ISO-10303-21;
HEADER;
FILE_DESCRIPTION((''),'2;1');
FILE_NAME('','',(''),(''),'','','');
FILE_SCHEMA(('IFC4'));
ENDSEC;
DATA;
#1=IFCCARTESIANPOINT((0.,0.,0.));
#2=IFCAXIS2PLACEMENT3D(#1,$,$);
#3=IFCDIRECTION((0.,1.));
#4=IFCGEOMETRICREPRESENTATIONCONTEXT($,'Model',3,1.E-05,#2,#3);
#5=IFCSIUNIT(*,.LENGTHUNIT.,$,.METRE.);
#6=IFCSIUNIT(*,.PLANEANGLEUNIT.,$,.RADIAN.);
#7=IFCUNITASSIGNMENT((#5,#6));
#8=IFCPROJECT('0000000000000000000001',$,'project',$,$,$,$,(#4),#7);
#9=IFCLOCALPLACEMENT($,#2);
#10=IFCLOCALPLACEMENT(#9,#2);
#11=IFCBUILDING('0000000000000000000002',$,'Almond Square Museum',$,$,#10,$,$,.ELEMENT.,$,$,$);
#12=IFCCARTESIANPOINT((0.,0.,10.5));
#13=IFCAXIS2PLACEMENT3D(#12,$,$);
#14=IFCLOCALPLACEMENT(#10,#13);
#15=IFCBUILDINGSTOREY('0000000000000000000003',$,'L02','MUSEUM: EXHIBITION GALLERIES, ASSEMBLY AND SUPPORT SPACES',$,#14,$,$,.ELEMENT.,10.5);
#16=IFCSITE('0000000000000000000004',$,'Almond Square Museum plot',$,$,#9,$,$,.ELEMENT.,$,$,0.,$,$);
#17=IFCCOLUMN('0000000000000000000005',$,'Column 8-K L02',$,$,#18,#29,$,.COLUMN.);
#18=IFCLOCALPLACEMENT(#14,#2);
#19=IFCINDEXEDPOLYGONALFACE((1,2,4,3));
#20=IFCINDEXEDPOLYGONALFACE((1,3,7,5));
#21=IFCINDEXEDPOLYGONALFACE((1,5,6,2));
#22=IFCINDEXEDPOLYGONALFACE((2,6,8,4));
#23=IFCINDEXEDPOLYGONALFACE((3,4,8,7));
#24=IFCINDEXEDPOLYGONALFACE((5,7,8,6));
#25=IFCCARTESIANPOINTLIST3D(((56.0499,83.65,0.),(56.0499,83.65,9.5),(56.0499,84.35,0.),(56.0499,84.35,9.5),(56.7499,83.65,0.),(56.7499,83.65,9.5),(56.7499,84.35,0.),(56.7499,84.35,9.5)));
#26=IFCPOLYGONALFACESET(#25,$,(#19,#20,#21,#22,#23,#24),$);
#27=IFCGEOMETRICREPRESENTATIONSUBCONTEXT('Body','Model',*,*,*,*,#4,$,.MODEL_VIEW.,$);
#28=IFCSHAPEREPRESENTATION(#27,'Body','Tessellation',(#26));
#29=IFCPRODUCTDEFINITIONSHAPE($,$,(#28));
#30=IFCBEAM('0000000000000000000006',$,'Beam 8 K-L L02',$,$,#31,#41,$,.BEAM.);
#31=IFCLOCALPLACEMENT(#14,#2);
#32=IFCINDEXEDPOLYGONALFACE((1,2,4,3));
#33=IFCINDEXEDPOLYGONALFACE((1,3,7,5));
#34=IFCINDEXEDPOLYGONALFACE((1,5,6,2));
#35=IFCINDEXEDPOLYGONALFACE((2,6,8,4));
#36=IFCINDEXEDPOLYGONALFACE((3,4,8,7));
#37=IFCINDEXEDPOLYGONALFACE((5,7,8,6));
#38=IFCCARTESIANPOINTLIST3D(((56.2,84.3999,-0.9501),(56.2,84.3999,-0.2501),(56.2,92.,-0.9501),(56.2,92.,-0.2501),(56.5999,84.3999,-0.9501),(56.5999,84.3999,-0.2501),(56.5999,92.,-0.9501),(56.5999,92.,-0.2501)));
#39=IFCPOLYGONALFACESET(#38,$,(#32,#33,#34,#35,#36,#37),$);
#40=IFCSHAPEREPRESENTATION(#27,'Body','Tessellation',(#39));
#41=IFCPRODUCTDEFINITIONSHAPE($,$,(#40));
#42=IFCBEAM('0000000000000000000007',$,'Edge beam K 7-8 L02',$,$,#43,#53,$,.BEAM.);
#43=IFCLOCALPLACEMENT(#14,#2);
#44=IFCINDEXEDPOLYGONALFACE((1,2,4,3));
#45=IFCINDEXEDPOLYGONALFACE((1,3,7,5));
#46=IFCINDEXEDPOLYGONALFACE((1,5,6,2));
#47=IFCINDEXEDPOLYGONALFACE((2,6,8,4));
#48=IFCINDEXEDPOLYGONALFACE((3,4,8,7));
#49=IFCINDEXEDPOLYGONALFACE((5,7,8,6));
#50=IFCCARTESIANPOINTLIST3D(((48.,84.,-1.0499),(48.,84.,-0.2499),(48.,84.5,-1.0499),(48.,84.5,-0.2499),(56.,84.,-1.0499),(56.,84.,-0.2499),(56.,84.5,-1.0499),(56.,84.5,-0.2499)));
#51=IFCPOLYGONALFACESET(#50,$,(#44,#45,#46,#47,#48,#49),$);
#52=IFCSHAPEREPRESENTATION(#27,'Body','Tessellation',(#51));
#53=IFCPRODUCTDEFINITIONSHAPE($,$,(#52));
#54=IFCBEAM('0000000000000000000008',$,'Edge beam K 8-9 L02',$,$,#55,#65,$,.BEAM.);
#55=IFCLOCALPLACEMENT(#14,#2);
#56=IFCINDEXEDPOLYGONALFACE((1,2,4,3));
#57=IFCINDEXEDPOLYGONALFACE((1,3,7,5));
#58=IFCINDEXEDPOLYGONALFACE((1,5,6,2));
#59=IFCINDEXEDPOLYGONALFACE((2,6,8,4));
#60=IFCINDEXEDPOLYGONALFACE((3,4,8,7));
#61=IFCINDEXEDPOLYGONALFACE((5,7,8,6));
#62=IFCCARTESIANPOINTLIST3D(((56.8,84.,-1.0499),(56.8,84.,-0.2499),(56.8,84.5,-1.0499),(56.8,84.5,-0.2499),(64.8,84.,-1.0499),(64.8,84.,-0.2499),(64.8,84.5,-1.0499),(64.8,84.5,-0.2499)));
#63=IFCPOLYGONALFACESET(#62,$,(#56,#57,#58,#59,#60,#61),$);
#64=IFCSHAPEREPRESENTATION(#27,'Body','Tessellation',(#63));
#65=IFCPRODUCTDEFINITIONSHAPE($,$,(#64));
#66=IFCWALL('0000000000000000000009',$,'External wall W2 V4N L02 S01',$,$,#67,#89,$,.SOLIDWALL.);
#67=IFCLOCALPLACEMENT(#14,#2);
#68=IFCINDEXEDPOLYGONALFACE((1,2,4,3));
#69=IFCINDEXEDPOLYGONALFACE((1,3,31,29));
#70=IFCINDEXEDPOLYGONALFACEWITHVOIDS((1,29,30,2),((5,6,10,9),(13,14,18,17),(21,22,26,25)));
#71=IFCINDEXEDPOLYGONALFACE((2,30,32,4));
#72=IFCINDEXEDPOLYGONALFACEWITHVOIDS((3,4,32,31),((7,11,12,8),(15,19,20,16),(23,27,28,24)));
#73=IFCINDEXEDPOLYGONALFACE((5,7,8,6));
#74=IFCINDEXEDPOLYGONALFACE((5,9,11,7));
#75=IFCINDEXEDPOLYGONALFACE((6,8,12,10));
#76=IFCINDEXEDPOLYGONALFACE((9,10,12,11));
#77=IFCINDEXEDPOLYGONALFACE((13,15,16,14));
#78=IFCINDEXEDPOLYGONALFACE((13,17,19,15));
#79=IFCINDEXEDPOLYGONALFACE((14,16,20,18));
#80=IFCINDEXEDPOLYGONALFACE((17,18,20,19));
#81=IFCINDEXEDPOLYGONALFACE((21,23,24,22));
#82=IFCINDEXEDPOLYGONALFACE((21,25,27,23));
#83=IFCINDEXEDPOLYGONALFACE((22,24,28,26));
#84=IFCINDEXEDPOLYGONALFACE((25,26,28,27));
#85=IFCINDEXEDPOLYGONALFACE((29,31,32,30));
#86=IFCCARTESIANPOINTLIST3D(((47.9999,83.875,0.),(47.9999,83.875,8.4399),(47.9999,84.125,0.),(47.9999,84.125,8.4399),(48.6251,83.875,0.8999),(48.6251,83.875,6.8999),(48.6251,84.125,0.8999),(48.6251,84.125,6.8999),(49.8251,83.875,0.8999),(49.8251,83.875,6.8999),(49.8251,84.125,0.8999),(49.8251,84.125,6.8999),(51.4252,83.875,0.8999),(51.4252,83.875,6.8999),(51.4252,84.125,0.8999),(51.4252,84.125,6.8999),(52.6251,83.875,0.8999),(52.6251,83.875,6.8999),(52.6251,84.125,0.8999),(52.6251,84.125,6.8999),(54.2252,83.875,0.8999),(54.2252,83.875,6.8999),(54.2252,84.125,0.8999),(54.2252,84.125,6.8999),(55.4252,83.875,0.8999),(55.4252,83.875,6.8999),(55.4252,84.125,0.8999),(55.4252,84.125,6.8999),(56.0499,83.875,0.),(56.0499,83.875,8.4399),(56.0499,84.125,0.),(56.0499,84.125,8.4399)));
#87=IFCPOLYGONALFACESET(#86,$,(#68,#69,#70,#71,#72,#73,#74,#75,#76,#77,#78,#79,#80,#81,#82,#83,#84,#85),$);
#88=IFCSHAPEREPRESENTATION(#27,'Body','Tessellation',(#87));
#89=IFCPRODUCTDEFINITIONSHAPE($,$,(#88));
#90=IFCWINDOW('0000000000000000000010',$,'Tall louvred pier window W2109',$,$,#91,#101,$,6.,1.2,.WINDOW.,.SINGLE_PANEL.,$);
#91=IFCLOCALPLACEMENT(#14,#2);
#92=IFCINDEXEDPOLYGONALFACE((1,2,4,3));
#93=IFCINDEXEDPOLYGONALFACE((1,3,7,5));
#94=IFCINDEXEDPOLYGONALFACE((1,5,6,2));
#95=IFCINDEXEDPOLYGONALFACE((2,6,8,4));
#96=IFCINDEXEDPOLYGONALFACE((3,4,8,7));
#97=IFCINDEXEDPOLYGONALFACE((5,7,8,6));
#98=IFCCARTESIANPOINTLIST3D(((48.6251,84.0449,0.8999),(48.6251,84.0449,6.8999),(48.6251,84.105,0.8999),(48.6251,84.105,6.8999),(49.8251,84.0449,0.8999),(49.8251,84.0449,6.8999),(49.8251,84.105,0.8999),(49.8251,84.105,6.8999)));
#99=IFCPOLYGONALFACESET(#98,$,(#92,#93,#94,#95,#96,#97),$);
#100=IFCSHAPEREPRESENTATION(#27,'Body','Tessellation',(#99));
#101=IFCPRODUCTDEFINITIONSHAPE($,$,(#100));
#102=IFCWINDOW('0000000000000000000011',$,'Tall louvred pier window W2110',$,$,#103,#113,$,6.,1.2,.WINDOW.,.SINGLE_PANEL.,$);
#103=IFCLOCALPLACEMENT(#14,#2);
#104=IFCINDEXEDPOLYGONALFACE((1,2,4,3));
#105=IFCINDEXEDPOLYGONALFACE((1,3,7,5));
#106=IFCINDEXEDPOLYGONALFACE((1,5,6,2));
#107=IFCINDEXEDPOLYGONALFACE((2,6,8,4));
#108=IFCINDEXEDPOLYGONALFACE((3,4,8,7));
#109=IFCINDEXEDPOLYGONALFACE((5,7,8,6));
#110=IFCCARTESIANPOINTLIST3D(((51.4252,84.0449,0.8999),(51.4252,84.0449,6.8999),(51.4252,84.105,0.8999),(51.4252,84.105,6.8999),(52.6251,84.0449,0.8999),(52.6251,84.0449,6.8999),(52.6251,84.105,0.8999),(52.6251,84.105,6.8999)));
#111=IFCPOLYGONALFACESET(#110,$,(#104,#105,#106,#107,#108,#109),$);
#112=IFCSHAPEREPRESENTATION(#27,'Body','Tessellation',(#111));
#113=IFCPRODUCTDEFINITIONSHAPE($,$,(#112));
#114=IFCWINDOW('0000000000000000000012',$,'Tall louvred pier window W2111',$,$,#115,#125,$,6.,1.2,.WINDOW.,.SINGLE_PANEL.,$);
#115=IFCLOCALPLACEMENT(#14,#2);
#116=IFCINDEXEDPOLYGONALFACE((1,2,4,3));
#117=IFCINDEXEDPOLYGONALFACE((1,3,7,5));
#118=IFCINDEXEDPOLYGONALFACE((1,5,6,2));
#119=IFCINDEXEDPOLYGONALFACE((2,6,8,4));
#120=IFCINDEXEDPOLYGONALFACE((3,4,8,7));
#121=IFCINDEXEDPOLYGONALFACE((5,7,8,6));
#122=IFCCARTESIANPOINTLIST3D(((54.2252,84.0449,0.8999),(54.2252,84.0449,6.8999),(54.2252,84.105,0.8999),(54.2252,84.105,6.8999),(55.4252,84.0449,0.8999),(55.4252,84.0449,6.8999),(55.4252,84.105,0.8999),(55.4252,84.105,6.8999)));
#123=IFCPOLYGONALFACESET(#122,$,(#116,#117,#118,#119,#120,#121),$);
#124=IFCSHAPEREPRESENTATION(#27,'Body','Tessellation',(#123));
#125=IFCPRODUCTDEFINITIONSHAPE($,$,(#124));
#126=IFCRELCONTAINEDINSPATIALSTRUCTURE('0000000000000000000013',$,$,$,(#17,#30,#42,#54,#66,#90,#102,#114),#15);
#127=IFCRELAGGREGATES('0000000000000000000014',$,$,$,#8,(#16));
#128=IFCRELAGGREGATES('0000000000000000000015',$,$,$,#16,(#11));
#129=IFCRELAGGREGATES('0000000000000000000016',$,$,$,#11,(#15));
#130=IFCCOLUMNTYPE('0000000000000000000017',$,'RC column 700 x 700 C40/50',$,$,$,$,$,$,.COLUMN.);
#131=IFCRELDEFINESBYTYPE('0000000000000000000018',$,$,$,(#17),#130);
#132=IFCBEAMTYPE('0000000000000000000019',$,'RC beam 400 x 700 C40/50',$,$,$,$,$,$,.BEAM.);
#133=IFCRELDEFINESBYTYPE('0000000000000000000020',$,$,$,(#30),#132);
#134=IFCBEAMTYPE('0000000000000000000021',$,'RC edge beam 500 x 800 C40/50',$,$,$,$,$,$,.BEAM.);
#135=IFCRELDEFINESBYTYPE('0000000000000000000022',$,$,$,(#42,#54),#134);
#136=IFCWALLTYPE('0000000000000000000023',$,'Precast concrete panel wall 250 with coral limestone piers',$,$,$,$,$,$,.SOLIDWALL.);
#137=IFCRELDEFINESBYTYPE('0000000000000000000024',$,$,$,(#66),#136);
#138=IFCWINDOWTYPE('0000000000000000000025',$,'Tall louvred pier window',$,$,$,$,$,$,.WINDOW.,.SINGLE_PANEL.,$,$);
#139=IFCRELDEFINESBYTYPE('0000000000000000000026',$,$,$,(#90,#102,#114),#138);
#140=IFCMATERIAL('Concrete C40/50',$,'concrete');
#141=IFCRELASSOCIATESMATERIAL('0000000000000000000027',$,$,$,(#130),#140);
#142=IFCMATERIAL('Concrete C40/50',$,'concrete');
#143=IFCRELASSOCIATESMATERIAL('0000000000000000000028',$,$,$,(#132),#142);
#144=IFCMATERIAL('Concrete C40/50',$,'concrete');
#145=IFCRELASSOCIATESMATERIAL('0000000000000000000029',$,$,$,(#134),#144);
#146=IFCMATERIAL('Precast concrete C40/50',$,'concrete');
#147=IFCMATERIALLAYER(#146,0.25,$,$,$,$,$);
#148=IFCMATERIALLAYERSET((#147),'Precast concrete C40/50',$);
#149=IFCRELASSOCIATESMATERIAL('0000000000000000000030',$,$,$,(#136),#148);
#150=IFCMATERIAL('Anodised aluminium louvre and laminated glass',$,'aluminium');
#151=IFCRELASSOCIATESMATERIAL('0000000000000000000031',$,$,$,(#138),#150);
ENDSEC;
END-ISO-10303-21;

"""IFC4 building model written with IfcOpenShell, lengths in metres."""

from ifc_helpers import new_model, si_unit, direction, frame, frame_2d, origin, origin_2d, place, context, subcontext, project, spatial, rectangle, extrude, material, layer, layer_set, material_profile, profile_set, type_object, element, fill, save


model = new_model("IFC4")

# Units and contexts
model_context = context("Model", 3, precision=1e-05, world=origin(), true_north=direction((0.0, 1.0)))
body_context = subcontext(model_context, "Body", "Model", "MODEL_VIEW")
ifc_project = project(units=[si_unit("LENGTHUNIT", "METRE"), si_unit("PLANEANGLEUNIT", "RADIAN")], contexts=[model_context])

# Site, building, storey
site_placement = place(None, origin())
site = spatial("IfcSite", under=ifc_project, at=site_placement, Name="Almond Square Museum plot", CompositionType="ELEMENT", RefElevation=0.0)
building_placement = place(site_placement, origin())
building = spatial("IfcBuilding", under=site, at=building_placement, Name="Almond Square Museum", CompositionType="ELEMENT")
storey_placement = place(building_placement, frame((0.0, 0.0, 10.5)))
storey = spatial("IfcBuildingStorey", under=building, at=storey_placement, Name="L02", Description="MUSEUM: EXHIBITION GALLERIES, ASSEMBLY AND SUPPORT SPACES", CompositionType="ELEMENT", Elevation=10.5)

# Column
ifc_material_1 = material(Name="Concrete C40/50", Category="concrete")
ifc_material_profile_1 = material_profile(ifc_material_1, rectangle(XDim=0.7, YDim=0.7, at=origin_2d()))
ifc_profile_set_1 = profile_set([ifc_material_profile_1], Name="Concrete C40/50")
column_type = type_object("IfcColumnType", Name="RC column 700 x 700 C40/50", PredefinedType="COLUMN", material=ifc_profile_set_1)
column_placement = place(storey_placement, frame((56.3999, 84.0, 0.0), z_axis=(0.0, 0.0, 1.0), x_axis=(1.0, 0.0, 0.0)))
element("IfcColumn", 1, at=column_placement, inside=storey, type_object=column_type, Name="Column 8-K L02", PredefinedType="COLUMN", context=body_context, shape_type="SweptSolid", body=[
    extrude(rectangle(XDim=0.7, YDim=0.7, at=origin_2d()), origin(), (0.0, 0.0, 1.0), 9.5),
])

# Beams
ifc_material_2 = material(Name="Concrete C40/50", Category="concrete")
ifc_material_profile_2 = material_profile(ifc_material_2, rectangle(XDim=0.3999, YDim=0.7, at=origin_2d()))
ifc_profile_set_2 = profile_set([ifc_material_profile_2], Name="Concrete C40/50")
beam_type_1 = type_object("IfcBeamType", Name="RC beam 400 x 700 C40/50", PredefinedType="BEAM", material=ifc_profile_set_2)
beam_placement = place(storey_placement, frame((56.3999, 84.3999, -0.6001), z_axis=(0.0, 1.0, 0.0), x_axis=(-1.0, 0.0, 0.0)))
element("IfcBeam", 2, at=beam_placement, inside=storey, type_object=beam_type_1, Name="Beam 8 K-L L02", PredefinedType="BEAM", context=body_context, shape_type="SweptSolid", body=[
    extrude(rectangle(XDim=0.3999, YDim=0.7, at=origin_2d()), origin(), (0.0, 0.0, 1.0), 7.6001),
])
ifc_material_3 = material(Name="Concrete C40/50", Category="concrete")
ifc_material_profile_3 = material_profile(ifc_material_3, rectangle(XDim=0.5, YDim=0.8, at=origin_2d()))
ifc_profile_set_3 = profile_set([ifc_material_profile_3], Name="Concrete C40/50")
beam_type_2 = type_object("IfcBeamType", Name="RC edge beam 500 x 800 C40/50", PredefinedType="BEAM", material=ifc_profile_set_3)
for number, where, z_axis, x_axis, name in (
    (3, (48.0, 84.25, -0.6499), (1.0, 0.0, 0.0), (0.0, 1.0, 0.0), "Edge beam K 7-8 L02"),
    (4, (56.8, 84.25, -0.6499), (1.0, 0.0, 0.0), (0.0, 1.0, 0.0), "Edge beam K 8-9 L02"),
):
    element("IfcBeam", number, at=place(storey_placement, frame(where, z_axis=z_axis, x_axis=x_axis)), inside=storey, type_object=beam_type_2, Name=name, PredefinedType="BEAM", context=body_context, shape_type="SweptSolid", body=[
        extrude(rectangle(XDim=0.5, YDim=0.8, at=origin_2d()), origin(), (0.0, 0.0, 1.0), 8.0),
    ])

# Wall, openings, windows
ifc_material_4 = material(Name="Precast concrete C40/50", Category="concrete")
ifc_layer_1 = layer(ifc_material_4, 0.25)
ifc_layer_set_1 = layer_set([ifc_layer_1], Name="Precast concrete C40/50")
wall_type_1 = type_object("IfcWallType", Name="Precast concrete panel wall 250 with coral limestone piers", PredefinedType="SOLIDWALL", material=ifc_layer_set_1)
wall_1_placement = place(storey_placement, frame((48.0, 84.0, 0.0), z_axis=(0.0, 0.0, 1.0), x_axis=(1.0, 0.0, 0.0)))
wall_1 = element("IfcWall", 5, at=wall_1_placement, inside=storey, type_object=wall_type_1, Name="External wall W2 V4N L02 S01", PredefinedType="SOLIDWALL", context=body_context, shape_type="SweptSolid", body=[
    extrude(rectangle(XDim=8.05, YDim=0.25, at=frame_2d((4.0249, 0.0))), origin(), (0.0, 0.0, 1.0), 8.4399),
])
opening_1_placement = place(wall_1_placement, frame((0.625, 0.0, 0.8999)))
opening_1 = element("IfcOpeningElement", 6, at=opening_1_placement, cuts=wall_1, PredefinedType="OPENING", context=body_context, shape_type="SweptSolid", body=[
    extrude(rectangle(XDim=1.2, YDim=6.0, at=frame_2d((0.6001, 3.0))), frame((0.0, 0.135, 0.0), z_axis=(0.0, -1.0, 0.0), x_axis=(1.0, 0.0, 0.0)), (0.0, 0.0, 1.0), 0.27),
])
opening_2_placement = place(wall_1_placement, frame((3.425, 0.0, 0.8999)))
opening_2 = element("IfcOpeningElement", 7, at=opening_2_placement, cuts=wall_1, PredefinedType="OPENING", context=body_context, shape_type="SweptSolid", body=[
    extrude(rectangle(XDim=1.2, YDim=6.0, at=frame_2d((0.6001, 3.0))), frame((0.0, 0.135, 0.0), z_axis=(0.0, -1.0, 0.0), x_axis=(1.0, 0.0, 0.0)), (0.0, 0.0, 1.0), 0.27),
])
opening_3_placement = place(wall_1_placement, frame((6.2251, 0.0, 0.8999)))
opening_3 = element("IfcOpeningElement", 8, at=opening_3_placement, cuts=wall_1, PredefinedType="OPENING", context=body_context, shape_type="SweptSolid", body=[
    extrude(rectangle(XDim=1.2, YDim=6.0, at=frame_2d((0.6001, 3.0))), frame((0.0, 0.135, 0.0), z_axis=(0.0, -1.0, 0.0), x_axis=(1.0, 0.0, 0.0)), (0.0, 0.0, 1.0), 0.27),
])
ifc_material_5 = material(Name="Anodised aluminium louvre and laminated glass", Category="aluminium")
window_type = type_object("IfcWindowType", Name="Tall louvred pier window", PartitioningType="SINGLE_PANEL", PredefinedType="WINDOW", material=ifc_material_5)
window_1_placement = place(opening_1_placement, origin())
window_1 = element("IfcWindow", 9, at=window_1_placement, inside=storey, type_object=window_type, Name="Tall louvred pier window W2109", OverallHeight=6.0, OverallWidth=1.2, PartitioningType="SINGLE_PANEL", PredefinedType="WINDOW", context=body_context, shape_type="SweptSolid", body=[
    extrude(rectangle(XDim=1.2, YDim=6.0, at=frame_2d((0.6001, 3.0))), frame((0.0, 0.105, 0.0), z_axis=(0.0, -1.0, 0.0), x_axis=(1.0, 0.0, 0.0)), (0.0, 0.0, 1.0), 0.0601),
])
fill(opening_1, window_1)
window_2_placement = place(opening_2_placement, origin())
window_2 = element("IfcWindow", 10, at=window_2_placement, inside=storey, type_object=window_type, Name="Tall louvred pier window W2110", OverallHeight=6.0, OverallWidth=1.2, PartitioningType="SINGLE_PANEL", PredefinedType="WINDOW", context=body_context, shape_type="SweptSolid", body=[
    extrude(rectangle(XDim=1.2, YDim=6.0, at=frame_2d((0.6001, 3.0))), frame((0.0, 0.105, 0.0), z_axis=(0.0, -1.0, 0.0), x_axis=(1.0, 0.0, 0.0)), (0.0, 0.0, 1.0), 0.0601),
])
fill(opening_2, window_2)
window_3_placement = place(opening_3_placement, origin())
window_3 = element("IfcWindow", 11, at=window_3_placement, inside=storey, type_object=window_type, Name="Tall louvred pier window W2111", OverallHeight=6.0, OverallWidth=1.2, PartitioningType="SINGLE_PANEL", PredefinedType="WINDOW", context=body_context, shape_type="SweptSolid", body=[
    extrude(rectangle(XDim=1.2, YDim=6.0, at=frame_2d((0.6001, 3.0))), frame((0.0, 0.105, 0.0), z_axis=(0.0, -1.0, 0.0), x_axis=(1.0, 0.0, 0.0)), (0.0, 0.0, 1.0), 0.0601),
])
fill(opening_3, window_3)

save(model, "model.ifc")
